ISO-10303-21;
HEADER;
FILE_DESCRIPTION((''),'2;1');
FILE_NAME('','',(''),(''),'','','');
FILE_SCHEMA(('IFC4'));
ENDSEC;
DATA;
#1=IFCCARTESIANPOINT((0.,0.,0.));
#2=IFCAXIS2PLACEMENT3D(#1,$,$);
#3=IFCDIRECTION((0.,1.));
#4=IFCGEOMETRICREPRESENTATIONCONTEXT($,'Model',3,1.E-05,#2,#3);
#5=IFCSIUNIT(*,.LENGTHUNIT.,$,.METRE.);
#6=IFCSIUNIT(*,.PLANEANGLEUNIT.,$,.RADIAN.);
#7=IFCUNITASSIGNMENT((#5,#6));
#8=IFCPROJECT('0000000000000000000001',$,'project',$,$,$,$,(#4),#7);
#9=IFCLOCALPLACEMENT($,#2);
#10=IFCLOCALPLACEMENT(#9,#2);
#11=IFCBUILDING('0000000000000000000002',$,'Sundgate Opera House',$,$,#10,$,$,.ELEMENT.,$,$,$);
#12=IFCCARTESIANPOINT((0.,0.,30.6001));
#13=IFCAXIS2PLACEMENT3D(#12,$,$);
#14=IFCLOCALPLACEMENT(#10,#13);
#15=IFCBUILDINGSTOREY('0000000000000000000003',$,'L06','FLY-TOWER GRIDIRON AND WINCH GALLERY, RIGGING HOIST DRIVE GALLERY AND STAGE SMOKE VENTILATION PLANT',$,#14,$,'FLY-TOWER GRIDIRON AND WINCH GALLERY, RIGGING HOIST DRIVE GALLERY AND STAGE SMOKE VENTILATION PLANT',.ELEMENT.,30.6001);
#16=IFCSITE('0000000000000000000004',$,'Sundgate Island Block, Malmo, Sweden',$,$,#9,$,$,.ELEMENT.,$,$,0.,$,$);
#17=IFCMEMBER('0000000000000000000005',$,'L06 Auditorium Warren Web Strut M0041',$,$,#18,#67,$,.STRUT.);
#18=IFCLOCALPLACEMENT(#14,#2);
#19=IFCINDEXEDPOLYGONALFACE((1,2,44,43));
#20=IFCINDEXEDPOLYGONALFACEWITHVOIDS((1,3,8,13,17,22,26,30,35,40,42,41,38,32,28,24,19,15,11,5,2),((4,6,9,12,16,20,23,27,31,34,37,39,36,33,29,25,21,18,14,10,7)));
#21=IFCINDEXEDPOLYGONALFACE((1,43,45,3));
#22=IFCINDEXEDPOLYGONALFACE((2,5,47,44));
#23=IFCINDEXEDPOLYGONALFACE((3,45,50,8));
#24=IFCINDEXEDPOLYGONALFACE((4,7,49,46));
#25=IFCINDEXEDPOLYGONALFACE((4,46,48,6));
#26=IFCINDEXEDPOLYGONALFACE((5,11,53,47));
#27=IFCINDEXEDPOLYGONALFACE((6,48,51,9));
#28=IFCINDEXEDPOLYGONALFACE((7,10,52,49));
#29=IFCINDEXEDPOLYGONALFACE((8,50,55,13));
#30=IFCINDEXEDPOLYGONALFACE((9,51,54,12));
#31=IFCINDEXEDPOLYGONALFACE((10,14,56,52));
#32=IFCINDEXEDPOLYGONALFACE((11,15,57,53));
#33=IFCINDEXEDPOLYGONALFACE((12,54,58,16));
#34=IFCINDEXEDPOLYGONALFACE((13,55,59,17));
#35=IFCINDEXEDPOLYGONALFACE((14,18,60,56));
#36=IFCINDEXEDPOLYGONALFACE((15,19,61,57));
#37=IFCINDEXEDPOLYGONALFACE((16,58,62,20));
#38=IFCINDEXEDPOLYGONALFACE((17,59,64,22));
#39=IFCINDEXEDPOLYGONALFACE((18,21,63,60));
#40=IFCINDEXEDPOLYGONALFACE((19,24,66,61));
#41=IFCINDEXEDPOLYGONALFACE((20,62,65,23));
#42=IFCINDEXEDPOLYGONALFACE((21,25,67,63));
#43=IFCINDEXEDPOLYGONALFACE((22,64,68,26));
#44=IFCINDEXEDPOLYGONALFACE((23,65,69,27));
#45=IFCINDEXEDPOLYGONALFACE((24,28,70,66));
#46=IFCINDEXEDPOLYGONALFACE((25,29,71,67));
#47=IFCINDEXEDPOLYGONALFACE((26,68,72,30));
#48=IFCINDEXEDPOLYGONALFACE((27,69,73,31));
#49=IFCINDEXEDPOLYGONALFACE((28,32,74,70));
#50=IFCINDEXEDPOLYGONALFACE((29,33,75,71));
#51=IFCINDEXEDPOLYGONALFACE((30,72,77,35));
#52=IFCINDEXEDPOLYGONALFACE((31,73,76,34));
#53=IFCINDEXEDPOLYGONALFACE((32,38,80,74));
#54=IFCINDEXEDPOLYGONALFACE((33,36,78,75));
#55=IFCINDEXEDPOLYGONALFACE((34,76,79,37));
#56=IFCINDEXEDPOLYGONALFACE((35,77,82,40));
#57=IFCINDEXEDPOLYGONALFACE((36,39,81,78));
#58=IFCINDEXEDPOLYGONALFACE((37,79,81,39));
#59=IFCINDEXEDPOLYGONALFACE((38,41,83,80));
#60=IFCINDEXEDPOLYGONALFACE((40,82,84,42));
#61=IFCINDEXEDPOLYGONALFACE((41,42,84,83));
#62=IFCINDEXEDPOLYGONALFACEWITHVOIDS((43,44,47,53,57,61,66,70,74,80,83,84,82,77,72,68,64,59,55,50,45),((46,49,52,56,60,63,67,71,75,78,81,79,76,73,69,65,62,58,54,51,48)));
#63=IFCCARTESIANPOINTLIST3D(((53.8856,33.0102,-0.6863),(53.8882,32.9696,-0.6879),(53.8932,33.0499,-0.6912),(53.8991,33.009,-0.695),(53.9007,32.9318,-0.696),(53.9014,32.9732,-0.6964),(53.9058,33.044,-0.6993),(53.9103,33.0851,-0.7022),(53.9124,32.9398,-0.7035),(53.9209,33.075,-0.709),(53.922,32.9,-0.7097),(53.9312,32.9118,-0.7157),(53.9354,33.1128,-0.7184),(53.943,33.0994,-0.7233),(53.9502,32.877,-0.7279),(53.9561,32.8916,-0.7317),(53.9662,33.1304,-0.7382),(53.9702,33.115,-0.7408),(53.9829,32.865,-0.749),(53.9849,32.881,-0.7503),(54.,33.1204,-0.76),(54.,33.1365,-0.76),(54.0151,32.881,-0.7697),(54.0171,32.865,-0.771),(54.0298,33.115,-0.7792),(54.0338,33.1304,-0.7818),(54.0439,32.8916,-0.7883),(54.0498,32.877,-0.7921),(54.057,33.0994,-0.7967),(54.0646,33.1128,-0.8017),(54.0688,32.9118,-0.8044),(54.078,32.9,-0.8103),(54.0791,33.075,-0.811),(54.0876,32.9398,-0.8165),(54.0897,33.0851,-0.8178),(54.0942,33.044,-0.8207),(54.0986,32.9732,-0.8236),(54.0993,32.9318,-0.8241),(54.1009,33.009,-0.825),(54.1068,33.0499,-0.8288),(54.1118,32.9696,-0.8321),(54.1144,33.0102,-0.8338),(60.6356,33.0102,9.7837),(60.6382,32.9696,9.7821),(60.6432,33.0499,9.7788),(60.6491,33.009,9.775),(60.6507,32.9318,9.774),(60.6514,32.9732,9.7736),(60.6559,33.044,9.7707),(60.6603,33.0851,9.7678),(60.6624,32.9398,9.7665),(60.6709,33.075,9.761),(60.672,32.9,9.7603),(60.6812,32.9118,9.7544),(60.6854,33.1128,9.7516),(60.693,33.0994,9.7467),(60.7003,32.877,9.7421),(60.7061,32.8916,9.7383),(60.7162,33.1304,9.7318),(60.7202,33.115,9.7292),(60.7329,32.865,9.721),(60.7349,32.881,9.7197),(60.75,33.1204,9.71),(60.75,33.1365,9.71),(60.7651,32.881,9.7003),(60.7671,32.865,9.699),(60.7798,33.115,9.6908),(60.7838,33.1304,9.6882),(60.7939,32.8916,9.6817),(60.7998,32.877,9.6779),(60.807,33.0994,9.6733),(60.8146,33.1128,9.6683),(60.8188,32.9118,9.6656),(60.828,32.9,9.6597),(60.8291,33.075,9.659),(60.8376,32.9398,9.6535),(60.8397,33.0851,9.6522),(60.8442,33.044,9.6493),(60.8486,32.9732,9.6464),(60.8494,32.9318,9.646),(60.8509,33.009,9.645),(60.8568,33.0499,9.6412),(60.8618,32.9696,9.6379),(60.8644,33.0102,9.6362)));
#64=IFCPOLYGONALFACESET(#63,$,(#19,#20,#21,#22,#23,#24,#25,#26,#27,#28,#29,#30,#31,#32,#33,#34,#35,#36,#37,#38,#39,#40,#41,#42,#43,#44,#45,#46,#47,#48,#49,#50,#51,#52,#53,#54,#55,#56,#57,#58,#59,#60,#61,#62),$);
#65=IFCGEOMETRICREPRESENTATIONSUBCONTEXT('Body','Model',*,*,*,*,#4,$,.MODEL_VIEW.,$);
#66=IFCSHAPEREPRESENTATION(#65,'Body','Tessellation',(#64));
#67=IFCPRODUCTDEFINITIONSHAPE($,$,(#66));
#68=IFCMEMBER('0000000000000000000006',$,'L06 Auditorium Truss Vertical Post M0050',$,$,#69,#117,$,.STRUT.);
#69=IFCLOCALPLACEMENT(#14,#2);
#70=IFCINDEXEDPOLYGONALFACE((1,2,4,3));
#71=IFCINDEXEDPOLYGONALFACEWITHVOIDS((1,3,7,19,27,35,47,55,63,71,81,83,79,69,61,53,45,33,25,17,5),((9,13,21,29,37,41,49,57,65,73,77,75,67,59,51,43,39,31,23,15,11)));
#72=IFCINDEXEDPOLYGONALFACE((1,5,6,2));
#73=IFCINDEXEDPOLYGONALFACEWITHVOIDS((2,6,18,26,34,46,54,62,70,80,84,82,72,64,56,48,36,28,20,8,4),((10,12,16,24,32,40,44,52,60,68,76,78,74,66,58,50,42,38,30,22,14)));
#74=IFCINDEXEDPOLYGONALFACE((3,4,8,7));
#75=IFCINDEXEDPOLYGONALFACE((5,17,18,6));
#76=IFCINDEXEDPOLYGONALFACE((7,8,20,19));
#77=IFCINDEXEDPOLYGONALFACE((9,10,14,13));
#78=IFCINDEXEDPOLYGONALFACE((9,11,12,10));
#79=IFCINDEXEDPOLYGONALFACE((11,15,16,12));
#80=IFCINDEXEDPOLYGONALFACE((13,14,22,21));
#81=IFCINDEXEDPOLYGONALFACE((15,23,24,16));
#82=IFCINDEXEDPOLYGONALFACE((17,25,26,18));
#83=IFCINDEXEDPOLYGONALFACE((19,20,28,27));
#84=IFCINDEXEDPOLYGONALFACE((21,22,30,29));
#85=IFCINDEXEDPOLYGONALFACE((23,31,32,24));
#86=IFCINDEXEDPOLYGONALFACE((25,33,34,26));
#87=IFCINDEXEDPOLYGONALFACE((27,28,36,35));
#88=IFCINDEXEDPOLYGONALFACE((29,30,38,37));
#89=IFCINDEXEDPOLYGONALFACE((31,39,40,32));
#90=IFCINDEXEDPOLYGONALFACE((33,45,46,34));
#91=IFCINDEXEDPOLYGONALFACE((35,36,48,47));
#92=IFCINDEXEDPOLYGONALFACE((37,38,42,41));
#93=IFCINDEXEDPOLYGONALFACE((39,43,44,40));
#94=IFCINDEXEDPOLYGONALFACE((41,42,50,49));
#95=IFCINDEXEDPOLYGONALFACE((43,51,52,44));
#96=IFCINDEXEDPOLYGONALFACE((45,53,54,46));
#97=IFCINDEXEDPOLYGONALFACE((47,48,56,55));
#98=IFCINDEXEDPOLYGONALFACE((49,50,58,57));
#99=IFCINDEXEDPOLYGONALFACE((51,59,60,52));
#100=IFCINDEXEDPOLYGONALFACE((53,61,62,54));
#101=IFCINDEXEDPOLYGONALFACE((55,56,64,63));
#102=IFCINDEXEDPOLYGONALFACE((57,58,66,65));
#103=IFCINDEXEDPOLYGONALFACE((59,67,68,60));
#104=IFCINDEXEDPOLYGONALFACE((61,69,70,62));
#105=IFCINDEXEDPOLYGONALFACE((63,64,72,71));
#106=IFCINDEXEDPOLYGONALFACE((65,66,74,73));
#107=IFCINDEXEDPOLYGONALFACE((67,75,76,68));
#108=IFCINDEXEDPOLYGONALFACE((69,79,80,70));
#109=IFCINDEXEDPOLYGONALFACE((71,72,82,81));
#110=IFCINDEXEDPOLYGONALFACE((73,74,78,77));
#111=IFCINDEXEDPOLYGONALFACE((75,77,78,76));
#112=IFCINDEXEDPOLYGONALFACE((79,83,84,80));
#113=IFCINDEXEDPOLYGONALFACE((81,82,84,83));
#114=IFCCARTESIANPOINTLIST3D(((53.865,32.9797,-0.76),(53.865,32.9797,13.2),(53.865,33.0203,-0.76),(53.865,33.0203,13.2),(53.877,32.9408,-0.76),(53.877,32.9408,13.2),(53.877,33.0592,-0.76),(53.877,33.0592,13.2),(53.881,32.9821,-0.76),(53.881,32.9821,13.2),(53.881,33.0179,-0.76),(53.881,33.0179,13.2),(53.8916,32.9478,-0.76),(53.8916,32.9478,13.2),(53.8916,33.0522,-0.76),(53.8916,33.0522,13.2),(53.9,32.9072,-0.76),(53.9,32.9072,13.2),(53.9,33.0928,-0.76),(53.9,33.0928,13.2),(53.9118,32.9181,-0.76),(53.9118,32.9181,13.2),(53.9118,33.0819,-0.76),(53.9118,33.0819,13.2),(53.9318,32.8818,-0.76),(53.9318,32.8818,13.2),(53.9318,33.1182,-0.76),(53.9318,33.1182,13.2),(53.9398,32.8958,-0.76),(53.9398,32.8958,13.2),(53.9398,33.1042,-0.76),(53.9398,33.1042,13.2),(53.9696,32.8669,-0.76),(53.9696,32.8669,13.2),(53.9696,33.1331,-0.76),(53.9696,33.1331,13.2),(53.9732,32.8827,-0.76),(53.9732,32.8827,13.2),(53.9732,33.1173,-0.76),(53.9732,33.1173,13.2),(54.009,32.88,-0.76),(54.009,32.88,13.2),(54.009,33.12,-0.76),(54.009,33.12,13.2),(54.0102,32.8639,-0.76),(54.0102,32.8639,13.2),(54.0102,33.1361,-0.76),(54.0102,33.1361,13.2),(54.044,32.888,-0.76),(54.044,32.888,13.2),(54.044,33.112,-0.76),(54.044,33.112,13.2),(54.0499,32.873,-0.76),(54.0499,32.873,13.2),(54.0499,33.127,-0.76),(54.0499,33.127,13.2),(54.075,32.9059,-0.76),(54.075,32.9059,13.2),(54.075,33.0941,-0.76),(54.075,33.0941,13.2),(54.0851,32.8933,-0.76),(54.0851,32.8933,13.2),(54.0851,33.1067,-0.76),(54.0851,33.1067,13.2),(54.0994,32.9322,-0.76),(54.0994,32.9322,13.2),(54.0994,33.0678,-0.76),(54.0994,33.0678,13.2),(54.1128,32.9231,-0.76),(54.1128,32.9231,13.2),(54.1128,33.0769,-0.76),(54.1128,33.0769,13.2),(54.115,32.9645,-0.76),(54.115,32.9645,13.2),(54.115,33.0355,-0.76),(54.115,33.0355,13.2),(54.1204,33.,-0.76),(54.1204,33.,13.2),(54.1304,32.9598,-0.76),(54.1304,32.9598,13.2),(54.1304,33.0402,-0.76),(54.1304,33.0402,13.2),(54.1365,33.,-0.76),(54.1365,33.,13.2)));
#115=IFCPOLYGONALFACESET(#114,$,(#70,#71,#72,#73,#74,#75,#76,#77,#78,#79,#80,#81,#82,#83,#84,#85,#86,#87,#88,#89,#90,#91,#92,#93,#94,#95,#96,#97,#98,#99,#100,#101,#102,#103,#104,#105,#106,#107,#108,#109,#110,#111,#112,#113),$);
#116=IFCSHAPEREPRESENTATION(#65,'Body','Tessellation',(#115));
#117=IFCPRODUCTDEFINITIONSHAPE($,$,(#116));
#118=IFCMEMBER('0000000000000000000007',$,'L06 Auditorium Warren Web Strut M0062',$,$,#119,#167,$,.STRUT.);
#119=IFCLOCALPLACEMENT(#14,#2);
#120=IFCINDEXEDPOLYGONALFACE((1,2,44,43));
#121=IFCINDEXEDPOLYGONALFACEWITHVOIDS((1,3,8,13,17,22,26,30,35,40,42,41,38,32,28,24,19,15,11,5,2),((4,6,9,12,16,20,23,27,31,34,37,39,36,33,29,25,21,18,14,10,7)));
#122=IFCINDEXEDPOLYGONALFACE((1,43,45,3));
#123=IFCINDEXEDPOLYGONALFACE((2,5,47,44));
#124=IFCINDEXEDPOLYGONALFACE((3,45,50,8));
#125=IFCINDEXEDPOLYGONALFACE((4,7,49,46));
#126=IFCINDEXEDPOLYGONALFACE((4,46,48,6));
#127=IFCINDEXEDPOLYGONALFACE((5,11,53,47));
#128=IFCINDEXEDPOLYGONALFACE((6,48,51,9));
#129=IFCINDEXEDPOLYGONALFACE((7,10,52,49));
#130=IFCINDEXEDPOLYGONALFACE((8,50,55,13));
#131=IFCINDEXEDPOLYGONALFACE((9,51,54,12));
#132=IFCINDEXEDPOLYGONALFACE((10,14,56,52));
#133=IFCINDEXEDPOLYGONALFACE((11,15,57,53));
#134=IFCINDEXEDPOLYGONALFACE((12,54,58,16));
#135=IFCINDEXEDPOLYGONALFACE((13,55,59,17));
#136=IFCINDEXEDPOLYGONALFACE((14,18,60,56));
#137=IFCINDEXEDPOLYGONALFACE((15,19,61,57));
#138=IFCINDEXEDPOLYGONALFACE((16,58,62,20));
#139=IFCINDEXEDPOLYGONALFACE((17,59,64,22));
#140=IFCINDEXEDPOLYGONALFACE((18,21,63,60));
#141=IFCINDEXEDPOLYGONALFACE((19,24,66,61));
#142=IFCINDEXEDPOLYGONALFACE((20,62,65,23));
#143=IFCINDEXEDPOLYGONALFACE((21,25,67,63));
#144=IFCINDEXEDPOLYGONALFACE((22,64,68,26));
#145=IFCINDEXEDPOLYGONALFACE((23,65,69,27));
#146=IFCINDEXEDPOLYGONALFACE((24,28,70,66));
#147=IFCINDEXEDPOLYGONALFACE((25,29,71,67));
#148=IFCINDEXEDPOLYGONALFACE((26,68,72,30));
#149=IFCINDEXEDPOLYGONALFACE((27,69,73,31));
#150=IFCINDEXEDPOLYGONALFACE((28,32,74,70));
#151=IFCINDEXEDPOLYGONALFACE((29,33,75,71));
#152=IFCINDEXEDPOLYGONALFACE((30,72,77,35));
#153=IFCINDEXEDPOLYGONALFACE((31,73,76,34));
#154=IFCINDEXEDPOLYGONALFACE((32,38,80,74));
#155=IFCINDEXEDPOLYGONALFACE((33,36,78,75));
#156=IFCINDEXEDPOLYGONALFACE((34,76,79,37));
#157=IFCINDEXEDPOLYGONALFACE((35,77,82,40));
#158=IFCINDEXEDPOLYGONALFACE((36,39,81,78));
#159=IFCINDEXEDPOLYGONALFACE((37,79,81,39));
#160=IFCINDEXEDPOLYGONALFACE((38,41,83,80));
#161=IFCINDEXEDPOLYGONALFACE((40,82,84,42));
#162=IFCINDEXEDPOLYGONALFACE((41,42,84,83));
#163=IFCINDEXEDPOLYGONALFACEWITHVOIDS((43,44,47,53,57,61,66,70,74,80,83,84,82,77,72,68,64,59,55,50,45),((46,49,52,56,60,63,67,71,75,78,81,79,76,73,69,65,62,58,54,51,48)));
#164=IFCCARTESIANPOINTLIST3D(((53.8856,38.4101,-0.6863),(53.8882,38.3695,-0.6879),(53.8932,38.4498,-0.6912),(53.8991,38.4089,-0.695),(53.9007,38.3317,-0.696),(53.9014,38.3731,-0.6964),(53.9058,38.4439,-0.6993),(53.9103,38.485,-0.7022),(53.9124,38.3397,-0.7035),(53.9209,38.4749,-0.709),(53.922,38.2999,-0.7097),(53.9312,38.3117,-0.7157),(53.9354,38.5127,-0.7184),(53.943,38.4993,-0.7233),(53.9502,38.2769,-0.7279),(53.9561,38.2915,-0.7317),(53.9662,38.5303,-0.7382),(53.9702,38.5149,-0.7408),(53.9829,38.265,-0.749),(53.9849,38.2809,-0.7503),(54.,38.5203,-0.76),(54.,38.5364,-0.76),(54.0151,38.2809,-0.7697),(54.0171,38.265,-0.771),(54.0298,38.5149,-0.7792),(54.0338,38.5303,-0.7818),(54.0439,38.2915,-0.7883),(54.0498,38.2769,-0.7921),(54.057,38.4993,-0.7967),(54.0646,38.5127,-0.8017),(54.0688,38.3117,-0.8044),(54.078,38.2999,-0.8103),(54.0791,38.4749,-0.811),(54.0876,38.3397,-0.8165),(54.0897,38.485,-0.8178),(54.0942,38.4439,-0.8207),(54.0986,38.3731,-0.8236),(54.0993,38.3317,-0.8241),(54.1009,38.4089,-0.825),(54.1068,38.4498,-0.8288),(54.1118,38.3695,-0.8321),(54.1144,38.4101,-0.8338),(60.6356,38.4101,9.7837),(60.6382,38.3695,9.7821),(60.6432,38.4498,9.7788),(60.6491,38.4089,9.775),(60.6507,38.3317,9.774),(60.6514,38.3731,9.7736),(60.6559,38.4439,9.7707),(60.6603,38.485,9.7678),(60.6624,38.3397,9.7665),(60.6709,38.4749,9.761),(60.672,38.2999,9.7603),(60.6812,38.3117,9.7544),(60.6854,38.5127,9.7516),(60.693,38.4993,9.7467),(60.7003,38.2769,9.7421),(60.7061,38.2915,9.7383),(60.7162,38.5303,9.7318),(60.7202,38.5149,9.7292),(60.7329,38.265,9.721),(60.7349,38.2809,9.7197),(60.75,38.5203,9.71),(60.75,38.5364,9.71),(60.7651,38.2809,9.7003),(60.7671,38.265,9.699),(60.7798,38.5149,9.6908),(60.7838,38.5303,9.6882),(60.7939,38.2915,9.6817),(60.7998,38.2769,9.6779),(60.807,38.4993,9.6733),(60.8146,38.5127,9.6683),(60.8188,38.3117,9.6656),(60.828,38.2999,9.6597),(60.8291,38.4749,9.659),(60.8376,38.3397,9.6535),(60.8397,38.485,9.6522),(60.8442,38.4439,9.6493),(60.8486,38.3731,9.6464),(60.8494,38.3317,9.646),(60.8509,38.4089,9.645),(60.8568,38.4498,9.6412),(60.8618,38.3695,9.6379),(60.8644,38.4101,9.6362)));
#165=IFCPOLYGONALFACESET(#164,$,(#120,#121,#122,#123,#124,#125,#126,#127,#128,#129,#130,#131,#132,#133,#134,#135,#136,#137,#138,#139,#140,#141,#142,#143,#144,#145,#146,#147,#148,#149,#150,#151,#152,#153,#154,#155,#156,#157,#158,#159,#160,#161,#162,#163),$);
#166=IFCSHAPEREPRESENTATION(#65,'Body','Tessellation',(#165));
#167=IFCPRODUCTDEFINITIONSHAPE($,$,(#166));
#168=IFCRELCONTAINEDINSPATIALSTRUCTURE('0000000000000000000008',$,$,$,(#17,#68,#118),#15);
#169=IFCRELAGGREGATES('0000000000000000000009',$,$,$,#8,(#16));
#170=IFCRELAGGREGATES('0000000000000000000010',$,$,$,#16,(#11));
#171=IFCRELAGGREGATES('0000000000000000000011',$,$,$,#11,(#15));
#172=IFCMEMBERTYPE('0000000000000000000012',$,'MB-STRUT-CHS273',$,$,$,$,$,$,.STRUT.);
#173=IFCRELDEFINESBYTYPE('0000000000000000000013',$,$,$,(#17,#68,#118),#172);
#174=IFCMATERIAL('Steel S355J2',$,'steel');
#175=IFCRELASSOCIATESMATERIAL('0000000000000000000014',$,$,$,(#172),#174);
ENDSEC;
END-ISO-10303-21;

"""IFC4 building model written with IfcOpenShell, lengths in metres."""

from ifc_helpers import new_model, si_unit, direction, frame, origin, origin_2d, place, context, subcontext, project, spatial, hollow_circle, extrude, material, material_profile, profile_set, type_object, element, save


model = new_model("IFC4")

# Units and contexts
model_context = context("Model", 3, precision=1e-05, world=origin(), true_north=direction((0.0, 1.0)))
body_context = subcontext(model_context, "Body", "Model", "MODEL_VIEW")
ifc_project = project(units=[si_unit("LENGTHUNIT", "METRE"), si_unit("PLANEANGLEUNIT", "RADIAN")], contexts=[model_context])

# Site, building, storey
site_placement = place(None, origin())
site = spatial("IfcSite", under=ifc_project, at=site_placement, Name="Sundgate Island Block, Malmo, Sweden", CompositionType="ELEMENT", RefElevation=0.0)
building_placement = place(site_placement, origin())
building = spatial("IfcBuilding", under=site, at=building_placement, Name="Sundgate Opera House", CompositionType="ELEMENT")
storey_placement = place(building_placement, frame((0.0, 0.0, 30.6001)))
storey = spatial("IfcBuildingStorey", under=building, at=storey_placement, Name="L06", Description="FLY-TOWER GRIDIRON AND WINCH GALLERY, RIGGING HOIST DRIVE GALLERY AND STAGE SMOKE VENTILATION PLANT", LongName="FLY-TOWER GRIDIRON AND WINCH GALLERY, RIGGING HOIST DRIVE GALLERY AND STAGE SMOKE VENTILATION PLANT", CompositionType="ELEMENT", Elevation=30.6001)

# Members
ifc_material_1 = material(Name="Steel S355J2", Category="steel")
ifc_material_profile_1 = material_profile(ifc_material_1, hollow_circle(Radius=0.1365, WallThickness=0.0161, at=origin_2d()), Name="CHS 273.0x16.0")
ifc_profile_set_1 = profile_set([ifc_material_profile_1], Name="Steel S355J2")
member_type_1 = type_object("IfcMemberType", Name="MB-STRUT-CHS273", PredefinedType="STRUT", material=ifc_profile_set_1)
member_1_placement = place(storey_placement, frame((54.0, 33.0, -0.76), z_axis=(0.541854, 0.0, 0.840473), x_axis=(0.0, 1.0, 0.0)))
element("IfcMember", 1, at=member_1_placement, inside=storey, type_object=member_type_1, Name="L06 Auditorium Warren Web Strut M0041", PredefinedType="STRUT", context=body_context, shape_type="SweptSolid", body=[
    extrude(hollow_circle(Radius=0.1365, WallThickness=0.0161, at=origin_2d()), origin(), (0.0, 0.0, 1.0), 12.4573),
])
member_2_placement = place(storey_placement, frame((54.0, 33.0, -0.76), z_axis=(0.0, 0.0, 1.0), x_axis=(1.0, 0.0, 0.0)))
element("IfcMember", 2, at=member_2_placement, inside=storey, type_object=member_type_1, Name="L06 Auditorium Truss Vertical Post M0050", PredefinedType="STRUT", context=body_context, shape_type="SweptSolid", body=[
    extrude(hollow_circle(Radius=0.1365, WallThickness=0.0161, at=origin_2d()), origin(), (0.0, 0.0, 1.0), 13.96),
])
member_3_placement = place(storey_placement, frame((54.0, 38.3999, -0.76), z_axis=(0.541854, 0.0, 0.840473), x_axis=(0.0, 1.0, 0.0)))
element("IfcMember", 3, at=member_3_placement, inside=storey, type_object=member_type_1, Name="L06 Auditorium Warren Web Strut M0062", PredefinedType="STRUT", context=body_context, shape_type="SweptSolid", body=[
    extrude(hollow_circle(Radius=0.1365, WallThickness=0.0161, at=origin_2d()), origin(), (0.0, 0.0, 1.0), 12.4573),
])

save(model, "model.ifc")
